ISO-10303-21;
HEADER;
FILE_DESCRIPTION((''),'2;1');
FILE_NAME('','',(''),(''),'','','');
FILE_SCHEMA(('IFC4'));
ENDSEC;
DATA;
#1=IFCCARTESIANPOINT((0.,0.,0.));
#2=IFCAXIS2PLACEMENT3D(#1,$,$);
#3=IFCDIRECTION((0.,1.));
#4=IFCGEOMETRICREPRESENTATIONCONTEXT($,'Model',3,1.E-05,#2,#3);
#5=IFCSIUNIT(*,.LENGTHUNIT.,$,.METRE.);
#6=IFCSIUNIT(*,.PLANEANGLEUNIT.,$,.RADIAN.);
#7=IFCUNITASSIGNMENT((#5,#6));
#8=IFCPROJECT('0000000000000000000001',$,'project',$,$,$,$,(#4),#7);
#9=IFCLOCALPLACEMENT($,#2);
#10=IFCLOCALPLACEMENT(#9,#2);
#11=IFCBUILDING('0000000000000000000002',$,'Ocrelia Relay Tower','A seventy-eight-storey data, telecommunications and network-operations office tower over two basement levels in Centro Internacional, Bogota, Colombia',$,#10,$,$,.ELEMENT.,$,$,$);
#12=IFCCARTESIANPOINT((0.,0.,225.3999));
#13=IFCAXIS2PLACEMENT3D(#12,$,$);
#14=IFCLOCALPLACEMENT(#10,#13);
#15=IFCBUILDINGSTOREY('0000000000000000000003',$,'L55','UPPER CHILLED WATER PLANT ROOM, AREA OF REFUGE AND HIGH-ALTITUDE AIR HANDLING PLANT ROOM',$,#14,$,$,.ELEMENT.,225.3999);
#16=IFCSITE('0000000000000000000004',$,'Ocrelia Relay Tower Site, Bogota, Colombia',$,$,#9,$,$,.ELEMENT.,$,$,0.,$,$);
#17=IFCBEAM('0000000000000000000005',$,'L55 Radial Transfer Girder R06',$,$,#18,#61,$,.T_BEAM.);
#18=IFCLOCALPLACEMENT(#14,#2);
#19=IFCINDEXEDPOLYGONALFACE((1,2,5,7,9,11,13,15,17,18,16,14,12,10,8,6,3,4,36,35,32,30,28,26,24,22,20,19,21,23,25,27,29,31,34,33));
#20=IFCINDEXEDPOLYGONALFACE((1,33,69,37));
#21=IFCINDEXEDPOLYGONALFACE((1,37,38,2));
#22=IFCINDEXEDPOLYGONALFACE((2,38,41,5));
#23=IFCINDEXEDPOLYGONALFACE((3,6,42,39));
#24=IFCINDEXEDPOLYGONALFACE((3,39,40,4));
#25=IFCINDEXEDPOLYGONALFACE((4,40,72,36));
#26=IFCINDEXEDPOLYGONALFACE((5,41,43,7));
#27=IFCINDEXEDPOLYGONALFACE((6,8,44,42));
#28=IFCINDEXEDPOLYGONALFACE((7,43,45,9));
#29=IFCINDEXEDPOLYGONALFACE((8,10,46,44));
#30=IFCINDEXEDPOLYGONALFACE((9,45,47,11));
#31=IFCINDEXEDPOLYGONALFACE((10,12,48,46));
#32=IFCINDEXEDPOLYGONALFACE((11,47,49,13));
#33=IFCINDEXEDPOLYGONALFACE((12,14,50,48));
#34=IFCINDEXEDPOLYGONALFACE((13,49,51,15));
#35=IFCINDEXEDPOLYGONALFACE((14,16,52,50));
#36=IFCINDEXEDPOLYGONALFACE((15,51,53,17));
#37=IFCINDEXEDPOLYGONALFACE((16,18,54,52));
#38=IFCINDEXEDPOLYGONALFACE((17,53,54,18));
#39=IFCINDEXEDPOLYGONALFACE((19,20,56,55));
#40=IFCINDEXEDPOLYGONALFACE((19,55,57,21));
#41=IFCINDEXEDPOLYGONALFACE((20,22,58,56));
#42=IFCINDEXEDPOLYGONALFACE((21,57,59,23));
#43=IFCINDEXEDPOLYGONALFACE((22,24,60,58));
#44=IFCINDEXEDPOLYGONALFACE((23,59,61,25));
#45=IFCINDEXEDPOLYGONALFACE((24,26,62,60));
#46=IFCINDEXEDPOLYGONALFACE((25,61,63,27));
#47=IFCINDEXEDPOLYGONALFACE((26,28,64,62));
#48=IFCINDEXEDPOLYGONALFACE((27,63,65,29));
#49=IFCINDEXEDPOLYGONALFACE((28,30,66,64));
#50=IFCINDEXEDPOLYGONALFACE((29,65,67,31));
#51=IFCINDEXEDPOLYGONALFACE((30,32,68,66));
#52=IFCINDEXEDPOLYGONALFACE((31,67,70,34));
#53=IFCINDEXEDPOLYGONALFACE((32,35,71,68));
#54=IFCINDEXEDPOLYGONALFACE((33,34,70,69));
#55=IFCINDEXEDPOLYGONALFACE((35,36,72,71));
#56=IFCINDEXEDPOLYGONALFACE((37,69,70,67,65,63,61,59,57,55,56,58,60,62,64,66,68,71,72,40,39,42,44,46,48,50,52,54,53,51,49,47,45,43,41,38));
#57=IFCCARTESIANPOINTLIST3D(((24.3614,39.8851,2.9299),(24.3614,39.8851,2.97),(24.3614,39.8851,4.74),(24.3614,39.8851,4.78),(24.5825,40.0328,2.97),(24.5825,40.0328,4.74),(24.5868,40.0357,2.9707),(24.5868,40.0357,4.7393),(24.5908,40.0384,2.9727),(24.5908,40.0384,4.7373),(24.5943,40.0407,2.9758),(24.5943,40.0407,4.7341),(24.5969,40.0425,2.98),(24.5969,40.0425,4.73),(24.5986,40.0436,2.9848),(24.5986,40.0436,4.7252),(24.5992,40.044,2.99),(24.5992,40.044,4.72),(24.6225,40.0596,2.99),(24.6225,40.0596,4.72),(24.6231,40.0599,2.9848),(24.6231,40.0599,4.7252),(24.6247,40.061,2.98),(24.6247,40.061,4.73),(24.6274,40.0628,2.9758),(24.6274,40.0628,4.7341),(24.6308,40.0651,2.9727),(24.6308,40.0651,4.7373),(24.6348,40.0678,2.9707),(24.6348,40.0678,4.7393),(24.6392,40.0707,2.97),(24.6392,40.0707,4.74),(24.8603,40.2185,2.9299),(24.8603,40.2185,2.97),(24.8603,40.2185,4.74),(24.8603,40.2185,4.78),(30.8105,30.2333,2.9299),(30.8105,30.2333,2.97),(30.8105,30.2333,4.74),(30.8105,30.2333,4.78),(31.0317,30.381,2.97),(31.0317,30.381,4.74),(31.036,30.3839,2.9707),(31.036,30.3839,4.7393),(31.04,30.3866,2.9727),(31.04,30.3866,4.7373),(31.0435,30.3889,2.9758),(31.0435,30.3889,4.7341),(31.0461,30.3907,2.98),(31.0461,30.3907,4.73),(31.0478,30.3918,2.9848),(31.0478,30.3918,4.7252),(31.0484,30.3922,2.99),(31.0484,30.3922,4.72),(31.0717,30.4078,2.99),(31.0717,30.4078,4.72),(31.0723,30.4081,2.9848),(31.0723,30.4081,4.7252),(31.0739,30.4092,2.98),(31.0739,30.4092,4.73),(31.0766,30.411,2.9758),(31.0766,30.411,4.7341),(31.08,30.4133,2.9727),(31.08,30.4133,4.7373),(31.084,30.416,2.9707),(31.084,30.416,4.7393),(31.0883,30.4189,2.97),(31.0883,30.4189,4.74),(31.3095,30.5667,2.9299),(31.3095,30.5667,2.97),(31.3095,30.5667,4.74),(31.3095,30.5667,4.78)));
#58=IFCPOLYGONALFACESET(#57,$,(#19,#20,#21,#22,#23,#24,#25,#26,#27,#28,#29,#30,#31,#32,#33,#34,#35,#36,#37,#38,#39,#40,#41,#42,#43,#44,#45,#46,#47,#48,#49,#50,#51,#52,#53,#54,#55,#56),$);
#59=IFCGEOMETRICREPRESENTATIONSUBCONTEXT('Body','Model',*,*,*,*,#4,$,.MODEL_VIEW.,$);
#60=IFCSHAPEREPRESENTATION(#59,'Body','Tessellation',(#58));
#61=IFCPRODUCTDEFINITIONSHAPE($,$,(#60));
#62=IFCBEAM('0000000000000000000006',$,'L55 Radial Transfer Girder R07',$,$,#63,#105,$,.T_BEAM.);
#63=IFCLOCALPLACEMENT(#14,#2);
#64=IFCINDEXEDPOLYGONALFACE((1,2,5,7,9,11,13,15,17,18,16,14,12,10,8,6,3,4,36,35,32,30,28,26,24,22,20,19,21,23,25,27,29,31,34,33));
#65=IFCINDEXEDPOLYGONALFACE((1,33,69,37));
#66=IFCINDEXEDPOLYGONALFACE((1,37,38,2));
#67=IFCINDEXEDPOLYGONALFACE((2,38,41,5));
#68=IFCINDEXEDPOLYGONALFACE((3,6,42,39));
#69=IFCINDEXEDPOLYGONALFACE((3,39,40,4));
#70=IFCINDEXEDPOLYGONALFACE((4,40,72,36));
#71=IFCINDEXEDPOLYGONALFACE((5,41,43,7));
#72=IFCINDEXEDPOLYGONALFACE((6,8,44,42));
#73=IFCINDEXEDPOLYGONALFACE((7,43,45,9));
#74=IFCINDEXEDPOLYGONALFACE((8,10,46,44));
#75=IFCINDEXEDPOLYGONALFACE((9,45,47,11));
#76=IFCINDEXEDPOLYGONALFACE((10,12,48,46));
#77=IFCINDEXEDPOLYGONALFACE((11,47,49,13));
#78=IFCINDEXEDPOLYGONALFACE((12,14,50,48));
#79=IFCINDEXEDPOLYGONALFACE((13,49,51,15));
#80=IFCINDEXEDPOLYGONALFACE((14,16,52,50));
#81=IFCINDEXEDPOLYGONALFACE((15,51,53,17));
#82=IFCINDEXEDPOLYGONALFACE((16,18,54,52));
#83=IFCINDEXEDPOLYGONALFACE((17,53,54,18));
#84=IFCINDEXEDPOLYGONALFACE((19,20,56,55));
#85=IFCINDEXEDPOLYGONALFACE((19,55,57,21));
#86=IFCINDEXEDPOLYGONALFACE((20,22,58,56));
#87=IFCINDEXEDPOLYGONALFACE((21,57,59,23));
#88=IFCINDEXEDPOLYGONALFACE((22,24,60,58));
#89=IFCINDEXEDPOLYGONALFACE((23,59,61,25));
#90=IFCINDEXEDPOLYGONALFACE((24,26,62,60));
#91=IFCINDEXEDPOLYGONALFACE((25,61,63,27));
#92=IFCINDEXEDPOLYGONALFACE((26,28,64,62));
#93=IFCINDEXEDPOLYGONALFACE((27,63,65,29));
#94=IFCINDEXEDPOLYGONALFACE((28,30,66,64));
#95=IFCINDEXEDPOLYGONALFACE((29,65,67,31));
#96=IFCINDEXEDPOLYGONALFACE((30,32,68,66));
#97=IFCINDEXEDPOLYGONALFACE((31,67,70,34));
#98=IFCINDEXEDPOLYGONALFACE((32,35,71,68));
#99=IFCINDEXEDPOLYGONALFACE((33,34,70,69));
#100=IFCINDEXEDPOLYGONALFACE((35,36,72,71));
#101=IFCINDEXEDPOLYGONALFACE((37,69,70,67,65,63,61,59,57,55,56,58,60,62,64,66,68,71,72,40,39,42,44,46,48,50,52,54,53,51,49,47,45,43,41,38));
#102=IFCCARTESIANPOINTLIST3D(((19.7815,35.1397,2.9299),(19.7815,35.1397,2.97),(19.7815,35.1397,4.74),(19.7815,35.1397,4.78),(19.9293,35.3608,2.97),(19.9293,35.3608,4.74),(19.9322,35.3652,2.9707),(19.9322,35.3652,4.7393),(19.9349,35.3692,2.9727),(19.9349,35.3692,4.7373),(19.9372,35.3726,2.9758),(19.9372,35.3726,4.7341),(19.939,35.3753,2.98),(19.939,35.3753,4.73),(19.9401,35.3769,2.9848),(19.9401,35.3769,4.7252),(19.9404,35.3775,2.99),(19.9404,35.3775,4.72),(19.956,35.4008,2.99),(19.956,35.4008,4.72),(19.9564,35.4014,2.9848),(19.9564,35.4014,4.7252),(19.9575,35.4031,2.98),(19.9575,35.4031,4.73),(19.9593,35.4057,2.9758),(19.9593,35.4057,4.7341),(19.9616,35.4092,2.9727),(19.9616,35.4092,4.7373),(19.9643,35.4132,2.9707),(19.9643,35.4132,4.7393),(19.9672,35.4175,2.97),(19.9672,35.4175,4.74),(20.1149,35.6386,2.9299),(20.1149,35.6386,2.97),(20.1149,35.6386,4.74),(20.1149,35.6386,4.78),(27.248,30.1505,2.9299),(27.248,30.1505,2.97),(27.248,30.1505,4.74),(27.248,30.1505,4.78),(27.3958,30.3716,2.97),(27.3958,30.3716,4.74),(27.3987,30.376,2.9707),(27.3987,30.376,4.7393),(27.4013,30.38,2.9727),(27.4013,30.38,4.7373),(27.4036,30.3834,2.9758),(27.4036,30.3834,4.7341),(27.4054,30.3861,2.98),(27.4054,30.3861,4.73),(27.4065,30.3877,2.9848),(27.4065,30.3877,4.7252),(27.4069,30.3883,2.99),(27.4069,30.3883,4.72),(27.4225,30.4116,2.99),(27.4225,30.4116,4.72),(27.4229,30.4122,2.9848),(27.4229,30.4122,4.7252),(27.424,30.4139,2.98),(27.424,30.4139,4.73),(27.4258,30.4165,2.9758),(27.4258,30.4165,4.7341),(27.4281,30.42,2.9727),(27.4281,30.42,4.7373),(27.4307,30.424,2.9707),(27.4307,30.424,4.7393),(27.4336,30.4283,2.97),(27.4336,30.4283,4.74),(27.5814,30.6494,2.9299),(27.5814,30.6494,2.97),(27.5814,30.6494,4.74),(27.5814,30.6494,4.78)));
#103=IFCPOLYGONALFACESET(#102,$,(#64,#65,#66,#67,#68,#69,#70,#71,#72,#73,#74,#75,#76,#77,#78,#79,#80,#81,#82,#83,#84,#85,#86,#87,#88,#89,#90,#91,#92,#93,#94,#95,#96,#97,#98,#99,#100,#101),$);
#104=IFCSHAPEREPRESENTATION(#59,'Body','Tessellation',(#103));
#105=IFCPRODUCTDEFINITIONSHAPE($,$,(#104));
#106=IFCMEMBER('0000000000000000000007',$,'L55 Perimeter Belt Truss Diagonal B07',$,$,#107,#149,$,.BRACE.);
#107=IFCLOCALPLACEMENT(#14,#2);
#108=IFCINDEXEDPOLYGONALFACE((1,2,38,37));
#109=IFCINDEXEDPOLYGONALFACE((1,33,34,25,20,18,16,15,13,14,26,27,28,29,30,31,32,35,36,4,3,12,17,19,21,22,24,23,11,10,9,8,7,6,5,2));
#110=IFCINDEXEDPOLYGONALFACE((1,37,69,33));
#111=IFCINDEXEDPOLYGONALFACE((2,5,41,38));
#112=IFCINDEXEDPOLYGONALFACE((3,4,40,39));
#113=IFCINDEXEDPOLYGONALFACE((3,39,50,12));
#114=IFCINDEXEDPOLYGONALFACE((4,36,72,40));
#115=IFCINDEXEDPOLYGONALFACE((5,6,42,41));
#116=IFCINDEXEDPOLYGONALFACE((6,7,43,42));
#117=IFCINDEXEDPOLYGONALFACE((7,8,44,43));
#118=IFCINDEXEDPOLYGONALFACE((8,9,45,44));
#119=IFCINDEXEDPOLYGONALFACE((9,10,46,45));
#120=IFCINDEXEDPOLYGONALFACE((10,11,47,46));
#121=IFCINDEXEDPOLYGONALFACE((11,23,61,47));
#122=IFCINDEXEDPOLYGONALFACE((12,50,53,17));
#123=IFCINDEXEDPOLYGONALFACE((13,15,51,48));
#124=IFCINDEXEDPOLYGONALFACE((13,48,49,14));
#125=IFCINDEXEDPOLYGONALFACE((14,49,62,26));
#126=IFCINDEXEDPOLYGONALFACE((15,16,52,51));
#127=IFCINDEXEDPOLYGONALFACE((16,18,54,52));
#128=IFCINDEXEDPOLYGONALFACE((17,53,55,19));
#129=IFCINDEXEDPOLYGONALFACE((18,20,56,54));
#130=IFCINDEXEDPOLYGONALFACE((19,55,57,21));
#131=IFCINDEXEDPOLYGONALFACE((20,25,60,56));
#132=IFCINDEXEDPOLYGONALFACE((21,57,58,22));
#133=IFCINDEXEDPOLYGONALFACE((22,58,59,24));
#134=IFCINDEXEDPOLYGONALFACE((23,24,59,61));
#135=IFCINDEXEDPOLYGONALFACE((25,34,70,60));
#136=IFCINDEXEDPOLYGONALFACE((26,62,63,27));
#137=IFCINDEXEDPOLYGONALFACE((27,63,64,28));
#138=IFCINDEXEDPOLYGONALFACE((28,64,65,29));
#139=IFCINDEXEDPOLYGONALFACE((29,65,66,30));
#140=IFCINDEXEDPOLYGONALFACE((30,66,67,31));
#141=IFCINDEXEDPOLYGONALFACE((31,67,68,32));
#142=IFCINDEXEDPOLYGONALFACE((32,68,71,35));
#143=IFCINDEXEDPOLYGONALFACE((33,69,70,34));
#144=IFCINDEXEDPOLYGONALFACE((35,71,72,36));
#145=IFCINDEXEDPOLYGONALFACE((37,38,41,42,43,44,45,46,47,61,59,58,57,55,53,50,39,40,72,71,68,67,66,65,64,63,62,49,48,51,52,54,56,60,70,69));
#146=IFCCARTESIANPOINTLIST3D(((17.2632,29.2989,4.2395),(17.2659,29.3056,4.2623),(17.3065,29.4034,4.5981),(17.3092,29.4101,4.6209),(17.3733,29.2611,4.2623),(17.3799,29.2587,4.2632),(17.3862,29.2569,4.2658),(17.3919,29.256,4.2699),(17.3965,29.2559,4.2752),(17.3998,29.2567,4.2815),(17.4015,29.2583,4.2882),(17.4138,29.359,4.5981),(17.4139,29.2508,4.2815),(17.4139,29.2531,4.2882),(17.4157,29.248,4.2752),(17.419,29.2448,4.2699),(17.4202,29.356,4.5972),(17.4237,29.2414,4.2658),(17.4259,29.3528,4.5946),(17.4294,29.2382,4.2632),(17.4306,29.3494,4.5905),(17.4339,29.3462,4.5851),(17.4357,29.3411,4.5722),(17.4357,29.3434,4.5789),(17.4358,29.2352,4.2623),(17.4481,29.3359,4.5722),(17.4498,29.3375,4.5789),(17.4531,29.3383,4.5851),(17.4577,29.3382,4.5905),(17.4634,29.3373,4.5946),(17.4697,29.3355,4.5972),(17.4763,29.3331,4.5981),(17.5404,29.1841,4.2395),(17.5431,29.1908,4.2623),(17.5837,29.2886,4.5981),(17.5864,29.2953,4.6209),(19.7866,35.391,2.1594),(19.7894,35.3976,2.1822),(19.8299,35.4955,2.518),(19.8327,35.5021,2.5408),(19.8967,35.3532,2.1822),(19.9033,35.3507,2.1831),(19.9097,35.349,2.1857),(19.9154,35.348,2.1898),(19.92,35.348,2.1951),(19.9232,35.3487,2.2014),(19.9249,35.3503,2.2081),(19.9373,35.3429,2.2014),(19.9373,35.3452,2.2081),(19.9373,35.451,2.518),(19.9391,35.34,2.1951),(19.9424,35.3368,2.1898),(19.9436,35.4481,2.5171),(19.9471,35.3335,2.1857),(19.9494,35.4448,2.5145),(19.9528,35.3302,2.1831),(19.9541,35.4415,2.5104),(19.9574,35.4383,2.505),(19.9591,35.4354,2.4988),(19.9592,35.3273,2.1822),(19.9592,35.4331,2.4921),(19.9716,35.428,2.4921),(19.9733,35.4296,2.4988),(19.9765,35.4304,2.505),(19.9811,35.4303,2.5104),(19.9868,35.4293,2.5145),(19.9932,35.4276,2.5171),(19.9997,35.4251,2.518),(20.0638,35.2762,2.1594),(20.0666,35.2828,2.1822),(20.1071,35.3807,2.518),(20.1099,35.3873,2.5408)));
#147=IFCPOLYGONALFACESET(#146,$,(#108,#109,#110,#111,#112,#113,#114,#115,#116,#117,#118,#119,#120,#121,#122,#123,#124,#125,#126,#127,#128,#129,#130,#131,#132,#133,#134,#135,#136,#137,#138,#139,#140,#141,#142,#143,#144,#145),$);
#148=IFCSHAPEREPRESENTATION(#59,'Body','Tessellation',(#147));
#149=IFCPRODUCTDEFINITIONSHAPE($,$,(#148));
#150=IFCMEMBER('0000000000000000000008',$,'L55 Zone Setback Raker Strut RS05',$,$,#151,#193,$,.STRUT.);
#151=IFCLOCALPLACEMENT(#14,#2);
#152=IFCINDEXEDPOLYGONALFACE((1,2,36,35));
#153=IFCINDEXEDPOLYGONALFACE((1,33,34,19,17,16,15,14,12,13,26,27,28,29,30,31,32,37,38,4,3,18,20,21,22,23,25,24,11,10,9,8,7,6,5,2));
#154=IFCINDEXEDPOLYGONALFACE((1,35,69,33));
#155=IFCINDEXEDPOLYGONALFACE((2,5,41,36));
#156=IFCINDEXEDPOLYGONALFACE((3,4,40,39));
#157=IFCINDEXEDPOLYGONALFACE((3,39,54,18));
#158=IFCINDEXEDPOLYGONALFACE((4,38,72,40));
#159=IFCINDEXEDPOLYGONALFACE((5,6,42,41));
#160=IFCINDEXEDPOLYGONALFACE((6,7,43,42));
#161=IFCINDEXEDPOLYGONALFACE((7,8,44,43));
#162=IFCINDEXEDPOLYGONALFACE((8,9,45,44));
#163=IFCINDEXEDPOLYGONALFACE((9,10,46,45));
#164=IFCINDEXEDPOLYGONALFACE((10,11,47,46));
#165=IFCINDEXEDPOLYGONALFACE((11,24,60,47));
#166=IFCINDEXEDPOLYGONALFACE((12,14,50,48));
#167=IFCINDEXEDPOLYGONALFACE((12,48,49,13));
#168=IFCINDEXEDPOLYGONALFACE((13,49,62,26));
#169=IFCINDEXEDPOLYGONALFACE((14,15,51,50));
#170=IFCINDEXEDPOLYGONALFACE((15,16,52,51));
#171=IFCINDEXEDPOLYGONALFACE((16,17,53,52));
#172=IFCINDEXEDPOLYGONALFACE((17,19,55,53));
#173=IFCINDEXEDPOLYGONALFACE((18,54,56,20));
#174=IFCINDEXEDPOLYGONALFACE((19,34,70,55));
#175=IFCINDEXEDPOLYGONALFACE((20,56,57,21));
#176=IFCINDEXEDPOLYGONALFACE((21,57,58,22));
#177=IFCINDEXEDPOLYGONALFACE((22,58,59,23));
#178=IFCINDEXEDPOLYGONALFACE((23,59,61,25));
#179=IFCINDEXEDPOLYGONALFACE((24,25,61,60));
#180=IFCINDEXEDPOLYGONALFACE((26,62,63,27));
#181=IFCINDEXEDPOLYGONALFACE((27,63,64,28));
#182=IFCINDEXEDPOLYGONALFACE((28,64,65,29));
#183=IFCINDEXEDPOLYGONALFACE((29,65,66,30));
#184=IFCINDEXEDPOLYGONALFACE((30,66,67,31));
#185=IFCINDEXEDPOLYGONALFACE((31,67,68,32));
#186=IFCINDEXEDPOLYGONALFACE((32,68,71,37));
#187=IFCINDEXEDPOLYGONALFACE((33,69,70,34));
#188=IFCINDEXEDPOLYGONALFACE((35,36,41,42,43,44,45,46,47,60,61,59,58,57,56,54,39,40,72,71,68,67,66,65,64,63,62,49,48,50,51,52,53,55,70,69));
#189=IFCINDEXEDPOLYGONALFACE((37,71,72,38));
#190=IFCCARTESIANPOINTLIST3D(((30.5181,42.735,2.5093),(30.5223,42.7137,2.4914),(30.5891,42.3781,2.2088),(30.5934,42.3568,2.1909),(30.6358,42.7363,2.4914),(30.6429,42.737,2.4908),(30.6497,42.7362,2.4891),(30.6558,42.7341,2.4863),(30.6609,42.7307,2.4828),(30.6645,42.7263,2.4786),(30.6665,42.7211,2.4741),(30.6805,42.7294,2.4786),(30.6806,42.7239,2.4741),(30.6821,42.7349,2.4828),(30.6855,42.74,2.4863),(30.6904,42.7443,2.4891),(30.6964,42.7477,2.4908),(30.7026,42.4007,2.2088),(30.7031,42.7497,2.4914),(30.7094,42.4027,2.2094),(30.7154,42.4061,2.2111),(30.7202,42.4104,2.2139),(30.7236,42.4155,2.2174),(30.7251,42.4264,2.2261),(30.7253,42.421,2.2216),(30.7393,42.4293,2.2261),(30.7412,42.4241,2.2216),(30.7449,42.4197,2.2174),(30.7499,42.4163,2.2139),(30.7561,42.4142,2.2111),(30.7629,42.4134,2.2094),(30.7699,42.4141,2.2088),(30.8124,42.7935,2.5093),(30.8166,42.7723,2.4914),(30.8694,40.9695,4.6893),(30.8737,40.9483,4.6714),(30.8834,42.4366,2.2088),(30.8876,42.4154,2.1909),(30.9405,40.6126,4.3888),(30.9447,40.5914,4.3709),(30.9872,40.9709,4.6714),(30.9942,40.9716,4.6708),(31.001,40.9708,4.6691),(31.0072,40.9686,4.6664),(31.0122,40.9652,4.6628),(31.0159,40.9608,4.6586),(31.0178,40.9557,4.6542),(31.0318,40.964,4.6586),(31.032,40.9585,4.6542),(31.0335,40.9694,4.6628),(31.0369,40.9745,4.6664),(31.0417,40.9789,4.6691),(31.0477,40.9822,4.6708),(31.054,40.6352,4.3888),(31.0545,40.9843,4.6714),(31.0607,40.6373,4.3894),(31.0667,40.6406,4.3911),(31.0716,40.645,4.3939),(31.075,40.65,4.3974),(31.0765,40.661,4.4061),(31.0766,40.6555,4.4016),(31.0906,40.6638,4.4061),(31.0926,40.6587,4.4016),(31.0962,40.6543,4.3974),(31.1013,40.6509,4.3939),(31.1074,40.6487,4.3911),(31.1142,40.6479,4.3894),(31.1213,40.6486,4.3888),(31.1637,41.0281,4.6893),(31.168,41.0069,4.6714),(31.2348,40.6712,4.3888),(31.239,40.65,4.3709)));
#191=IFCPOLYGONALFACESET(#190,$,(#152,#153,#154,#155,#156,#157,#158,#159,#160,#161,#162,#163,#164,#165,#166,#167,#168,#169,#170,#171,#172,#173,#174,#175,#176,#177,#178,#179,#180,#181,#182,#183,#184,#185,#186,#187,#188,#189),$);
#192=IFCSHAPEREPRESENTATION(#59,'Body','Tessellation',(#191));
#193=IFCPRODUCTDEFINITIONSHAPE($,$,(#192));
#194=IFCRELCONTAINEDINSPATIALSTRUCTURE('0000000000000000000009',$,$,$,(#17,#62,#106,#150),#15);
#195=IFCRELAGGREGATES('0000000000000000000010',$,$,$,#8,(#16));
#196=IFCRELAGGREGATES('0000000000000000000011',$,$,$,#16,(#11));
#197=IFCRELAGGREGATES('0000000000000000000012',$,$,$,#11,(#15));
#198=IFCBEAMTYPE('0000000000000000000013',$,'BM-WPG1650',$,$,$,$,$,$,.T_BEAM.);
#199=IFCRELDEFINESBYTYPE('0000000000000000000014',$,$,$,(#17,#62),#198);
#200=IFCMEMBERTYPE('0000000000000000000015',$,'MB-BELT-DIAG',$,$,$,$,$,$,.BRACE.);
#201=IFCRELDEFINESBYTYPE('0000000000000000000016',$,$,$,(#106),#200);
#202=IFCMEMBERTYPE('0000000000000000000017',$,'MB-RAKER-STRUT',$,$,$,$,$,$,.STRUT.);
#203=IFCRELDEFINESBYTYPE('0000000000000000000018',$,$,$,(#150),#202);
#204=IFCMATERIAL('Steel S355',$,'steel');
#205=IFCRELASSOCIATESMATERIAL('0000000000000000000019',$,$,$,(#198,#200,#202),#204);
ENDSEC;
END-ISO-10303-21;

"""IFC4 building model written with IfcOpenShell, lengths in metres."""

from ifc_helpers import new_model, si_unit, direction, frame, origin, origin_2d, place, context, subcontext, project, spatial, i_section, extrude, material, material_profile, profile_set, type_object, element, save


model = new_model("IFC4")

# Units and contexts
model_context = context("Model", 3, precision=1e-05, world=origin(), true_north=direction((0.0, 1.0)))
body_context = subcontext(model_context, "Body", "Model", "MODEL_VIEW")
ifc_project = project(units=[si_unit("LENGTHUNIT", "METRE"), si_unit("PLANEANGLEUNIT", "RADIAN")], contexts=[model_context])

# Site, building, storey
site_placement = place(None, origin())
site = spatial("IfcSite", under=ifc_project, at=site_placement, Name="Ocrelia Relay Tower Site, Bogota, Colombia", CompositionType="ELEMENT", RefElevation=0.0)
building_placement = place(site_placement, origin())
building = spatial("IfcBuilding", under=site, at=building_placement, Name="Ocrelia Relay Tower", Description="A seventy-eight-storey data, telecommunications and network-operations office tower over two basement levels in Centro Internacional, Bogota, Colombia", CompositionType="ELEMENT")
storey_placement = place(building_placement, frame((0.0, 0.0, 225.3999)))
storey = spatial("IfcBuildingStorey", under=building, at=storey_placement, Name="L55", Description="UPPER CHILLED WATER PLANT ROOM, AREA OF REFUGE AND HIGH-ALTITUDE AIR HANDLING PLANT ROOM", CompositionType="ELEMENT", Elevation=225.3999)

# Beams
ifc_material_1 = material(Name="Steel S355", Category="steel")
ifc_material_profile_1 = material_profile(ifc_material_1, i_section(OverallWidth=0.6001, OverallDepth=1.8501, WebThickness=0.0281, FlangeThickness=0.04, FilletRadius=0.02, at=origin_2d()), Name="WPG 1850x600")
ifc_profile_set_1 = profile_set([ifc_material_profile_1], Name="Steel S355")
beam_type_1 = type_object("IfcBeamType", Name="BM-WPG1650", PredefinedType="T_BEAM", material=ifc_profile_set_1)
beam_1_placement = place(storey_placement, frame((24.6108, 40.0518, 3.855), z_axis=(0.555574, -0.831467, 0.0), x_axis=(0.831467, 0.555574, 0.0)))
element("IfcBeam", 1, at=beam_1_placement, inside=storey, type_object=beam_type_1, Name="L55 Radial Transfer Girder R06", PredefinedType="T_BEAM", context=body_context, shape_type="SweptSolid", body=[
    extrude(i_section(OverallWidth=0.6001, OverallDepth=1.8501, WebThickness=0.0281, FlangeThickness=0.04, FilletRadius=0.02, at=origin_2d()), origin(), (0.0, 0.0, 1.0), 11.6082),
])
beam_2_placement = place(storey_placement, frame((19.9482, 35.3892, 3.855), z_axis=(0.831456, -0.555591, 0.0), x_axis=(0.555591, 0.831456, 0.0)))
element("IfcBeam", 2, at=beam_2_placement, inside=storey, type_object=beam_type_1, Name="L55 Radial Transfer Girder R07", PredefinedType="T_BEAM", context=body_context, shape_type="SweptSolid", body=[
    extrude(i_section(OverallWidth=0.6001, OverallDepth=1.8501, WebThickness=0.0281, FlangeThickness=0.04, FilletRadius=0.02, at=origin_2d()), origin(), (0.0, 0.0, 1.0), 8.98),
])

# Members
ifc_material_profile_2 = material_profile(ifc_material_1, i_section(OverallWidth=0.3, OverallDepth=0.3999, WebThickness=0.0134, FlangeThickness=0.0239, FilletRadius=0.0271, at=origin_2d()), Name="HEB 400")
ifc_profile_set_2 = profile_set([ifc_material_profile_2], Name="Steel S355")
member_type_1 = type_object("IfcMemberType", Name="MB-BELT-DIAG", PredefinedType="BRACE", material=ifc_profile_set_2)
member_1_placement = place(storey_placement, frame((19.9482, 35.3892, 2.3501), z_axis=(-0.36496, -0.88108, 0.300837), x_axis=(0.923878, -0.382688, 0.0)))
element("IfcMember", 3, at=member_1_placement, inside=storey, type_object=member_type_1, Name="L55 Perimeter Belt Truss Diagonal B07", PredefinedType="BRACE", context=body_context, shape_type="SweptSolid", body=[
    extrude(i_section(OverallWidth=0.3, OverallDepth=0.3999, WebThickness=0.0134, FlangeThickness=0.0239, FilletRadius=0.0271, at=origin_2d()), origin(), (0.0, 0.0, 1.0), 6.9143),
])
ifc_material_profile_3 = material_profile(ifc_material_1, i_section(OverallWidth=0.3, OverallDepth=0.5, WebThickness=0.0144, FlangeThickness=0.0281, FilletRadius=0.0271, at=origin_2d()), Name="HEB 500")
ifc_profile_set_3 = profile_set([ifc_material_profile_3], Name="Steel S355")
member_type_2 = type_object("IfcMemberType", Name="MB-RAKER-STRUT", PredefinedType="STRUT", material=ifc_profile_set_3)
member_2_placement = place(storey_placement, frame((30.7029, 42.5752, 2.3501), z_axis=(0.124271, -0.624465, 0.771103), x_axis=(0.980768, 0.195177, 0.0)))
element("IfcMember", 4, at=member_2_placement, inside=storey, type_object=member_type_2, Name="L55 Zone Setback Raker Strut RS05", PredefinedType="STRUT", context=body_context, shape_type="SweptSolid", body=[
    extrude(i_section(OverallWidth=0.3, OverallDepth=0.5, WebThickness=0.0144, FlangeThickness=0.0281, FilletRadius=0.0271, at=origin_2d()), origin(), (0.0, 0.0, 1.0), 2.8271),
])

save(model, "model.ifc")
